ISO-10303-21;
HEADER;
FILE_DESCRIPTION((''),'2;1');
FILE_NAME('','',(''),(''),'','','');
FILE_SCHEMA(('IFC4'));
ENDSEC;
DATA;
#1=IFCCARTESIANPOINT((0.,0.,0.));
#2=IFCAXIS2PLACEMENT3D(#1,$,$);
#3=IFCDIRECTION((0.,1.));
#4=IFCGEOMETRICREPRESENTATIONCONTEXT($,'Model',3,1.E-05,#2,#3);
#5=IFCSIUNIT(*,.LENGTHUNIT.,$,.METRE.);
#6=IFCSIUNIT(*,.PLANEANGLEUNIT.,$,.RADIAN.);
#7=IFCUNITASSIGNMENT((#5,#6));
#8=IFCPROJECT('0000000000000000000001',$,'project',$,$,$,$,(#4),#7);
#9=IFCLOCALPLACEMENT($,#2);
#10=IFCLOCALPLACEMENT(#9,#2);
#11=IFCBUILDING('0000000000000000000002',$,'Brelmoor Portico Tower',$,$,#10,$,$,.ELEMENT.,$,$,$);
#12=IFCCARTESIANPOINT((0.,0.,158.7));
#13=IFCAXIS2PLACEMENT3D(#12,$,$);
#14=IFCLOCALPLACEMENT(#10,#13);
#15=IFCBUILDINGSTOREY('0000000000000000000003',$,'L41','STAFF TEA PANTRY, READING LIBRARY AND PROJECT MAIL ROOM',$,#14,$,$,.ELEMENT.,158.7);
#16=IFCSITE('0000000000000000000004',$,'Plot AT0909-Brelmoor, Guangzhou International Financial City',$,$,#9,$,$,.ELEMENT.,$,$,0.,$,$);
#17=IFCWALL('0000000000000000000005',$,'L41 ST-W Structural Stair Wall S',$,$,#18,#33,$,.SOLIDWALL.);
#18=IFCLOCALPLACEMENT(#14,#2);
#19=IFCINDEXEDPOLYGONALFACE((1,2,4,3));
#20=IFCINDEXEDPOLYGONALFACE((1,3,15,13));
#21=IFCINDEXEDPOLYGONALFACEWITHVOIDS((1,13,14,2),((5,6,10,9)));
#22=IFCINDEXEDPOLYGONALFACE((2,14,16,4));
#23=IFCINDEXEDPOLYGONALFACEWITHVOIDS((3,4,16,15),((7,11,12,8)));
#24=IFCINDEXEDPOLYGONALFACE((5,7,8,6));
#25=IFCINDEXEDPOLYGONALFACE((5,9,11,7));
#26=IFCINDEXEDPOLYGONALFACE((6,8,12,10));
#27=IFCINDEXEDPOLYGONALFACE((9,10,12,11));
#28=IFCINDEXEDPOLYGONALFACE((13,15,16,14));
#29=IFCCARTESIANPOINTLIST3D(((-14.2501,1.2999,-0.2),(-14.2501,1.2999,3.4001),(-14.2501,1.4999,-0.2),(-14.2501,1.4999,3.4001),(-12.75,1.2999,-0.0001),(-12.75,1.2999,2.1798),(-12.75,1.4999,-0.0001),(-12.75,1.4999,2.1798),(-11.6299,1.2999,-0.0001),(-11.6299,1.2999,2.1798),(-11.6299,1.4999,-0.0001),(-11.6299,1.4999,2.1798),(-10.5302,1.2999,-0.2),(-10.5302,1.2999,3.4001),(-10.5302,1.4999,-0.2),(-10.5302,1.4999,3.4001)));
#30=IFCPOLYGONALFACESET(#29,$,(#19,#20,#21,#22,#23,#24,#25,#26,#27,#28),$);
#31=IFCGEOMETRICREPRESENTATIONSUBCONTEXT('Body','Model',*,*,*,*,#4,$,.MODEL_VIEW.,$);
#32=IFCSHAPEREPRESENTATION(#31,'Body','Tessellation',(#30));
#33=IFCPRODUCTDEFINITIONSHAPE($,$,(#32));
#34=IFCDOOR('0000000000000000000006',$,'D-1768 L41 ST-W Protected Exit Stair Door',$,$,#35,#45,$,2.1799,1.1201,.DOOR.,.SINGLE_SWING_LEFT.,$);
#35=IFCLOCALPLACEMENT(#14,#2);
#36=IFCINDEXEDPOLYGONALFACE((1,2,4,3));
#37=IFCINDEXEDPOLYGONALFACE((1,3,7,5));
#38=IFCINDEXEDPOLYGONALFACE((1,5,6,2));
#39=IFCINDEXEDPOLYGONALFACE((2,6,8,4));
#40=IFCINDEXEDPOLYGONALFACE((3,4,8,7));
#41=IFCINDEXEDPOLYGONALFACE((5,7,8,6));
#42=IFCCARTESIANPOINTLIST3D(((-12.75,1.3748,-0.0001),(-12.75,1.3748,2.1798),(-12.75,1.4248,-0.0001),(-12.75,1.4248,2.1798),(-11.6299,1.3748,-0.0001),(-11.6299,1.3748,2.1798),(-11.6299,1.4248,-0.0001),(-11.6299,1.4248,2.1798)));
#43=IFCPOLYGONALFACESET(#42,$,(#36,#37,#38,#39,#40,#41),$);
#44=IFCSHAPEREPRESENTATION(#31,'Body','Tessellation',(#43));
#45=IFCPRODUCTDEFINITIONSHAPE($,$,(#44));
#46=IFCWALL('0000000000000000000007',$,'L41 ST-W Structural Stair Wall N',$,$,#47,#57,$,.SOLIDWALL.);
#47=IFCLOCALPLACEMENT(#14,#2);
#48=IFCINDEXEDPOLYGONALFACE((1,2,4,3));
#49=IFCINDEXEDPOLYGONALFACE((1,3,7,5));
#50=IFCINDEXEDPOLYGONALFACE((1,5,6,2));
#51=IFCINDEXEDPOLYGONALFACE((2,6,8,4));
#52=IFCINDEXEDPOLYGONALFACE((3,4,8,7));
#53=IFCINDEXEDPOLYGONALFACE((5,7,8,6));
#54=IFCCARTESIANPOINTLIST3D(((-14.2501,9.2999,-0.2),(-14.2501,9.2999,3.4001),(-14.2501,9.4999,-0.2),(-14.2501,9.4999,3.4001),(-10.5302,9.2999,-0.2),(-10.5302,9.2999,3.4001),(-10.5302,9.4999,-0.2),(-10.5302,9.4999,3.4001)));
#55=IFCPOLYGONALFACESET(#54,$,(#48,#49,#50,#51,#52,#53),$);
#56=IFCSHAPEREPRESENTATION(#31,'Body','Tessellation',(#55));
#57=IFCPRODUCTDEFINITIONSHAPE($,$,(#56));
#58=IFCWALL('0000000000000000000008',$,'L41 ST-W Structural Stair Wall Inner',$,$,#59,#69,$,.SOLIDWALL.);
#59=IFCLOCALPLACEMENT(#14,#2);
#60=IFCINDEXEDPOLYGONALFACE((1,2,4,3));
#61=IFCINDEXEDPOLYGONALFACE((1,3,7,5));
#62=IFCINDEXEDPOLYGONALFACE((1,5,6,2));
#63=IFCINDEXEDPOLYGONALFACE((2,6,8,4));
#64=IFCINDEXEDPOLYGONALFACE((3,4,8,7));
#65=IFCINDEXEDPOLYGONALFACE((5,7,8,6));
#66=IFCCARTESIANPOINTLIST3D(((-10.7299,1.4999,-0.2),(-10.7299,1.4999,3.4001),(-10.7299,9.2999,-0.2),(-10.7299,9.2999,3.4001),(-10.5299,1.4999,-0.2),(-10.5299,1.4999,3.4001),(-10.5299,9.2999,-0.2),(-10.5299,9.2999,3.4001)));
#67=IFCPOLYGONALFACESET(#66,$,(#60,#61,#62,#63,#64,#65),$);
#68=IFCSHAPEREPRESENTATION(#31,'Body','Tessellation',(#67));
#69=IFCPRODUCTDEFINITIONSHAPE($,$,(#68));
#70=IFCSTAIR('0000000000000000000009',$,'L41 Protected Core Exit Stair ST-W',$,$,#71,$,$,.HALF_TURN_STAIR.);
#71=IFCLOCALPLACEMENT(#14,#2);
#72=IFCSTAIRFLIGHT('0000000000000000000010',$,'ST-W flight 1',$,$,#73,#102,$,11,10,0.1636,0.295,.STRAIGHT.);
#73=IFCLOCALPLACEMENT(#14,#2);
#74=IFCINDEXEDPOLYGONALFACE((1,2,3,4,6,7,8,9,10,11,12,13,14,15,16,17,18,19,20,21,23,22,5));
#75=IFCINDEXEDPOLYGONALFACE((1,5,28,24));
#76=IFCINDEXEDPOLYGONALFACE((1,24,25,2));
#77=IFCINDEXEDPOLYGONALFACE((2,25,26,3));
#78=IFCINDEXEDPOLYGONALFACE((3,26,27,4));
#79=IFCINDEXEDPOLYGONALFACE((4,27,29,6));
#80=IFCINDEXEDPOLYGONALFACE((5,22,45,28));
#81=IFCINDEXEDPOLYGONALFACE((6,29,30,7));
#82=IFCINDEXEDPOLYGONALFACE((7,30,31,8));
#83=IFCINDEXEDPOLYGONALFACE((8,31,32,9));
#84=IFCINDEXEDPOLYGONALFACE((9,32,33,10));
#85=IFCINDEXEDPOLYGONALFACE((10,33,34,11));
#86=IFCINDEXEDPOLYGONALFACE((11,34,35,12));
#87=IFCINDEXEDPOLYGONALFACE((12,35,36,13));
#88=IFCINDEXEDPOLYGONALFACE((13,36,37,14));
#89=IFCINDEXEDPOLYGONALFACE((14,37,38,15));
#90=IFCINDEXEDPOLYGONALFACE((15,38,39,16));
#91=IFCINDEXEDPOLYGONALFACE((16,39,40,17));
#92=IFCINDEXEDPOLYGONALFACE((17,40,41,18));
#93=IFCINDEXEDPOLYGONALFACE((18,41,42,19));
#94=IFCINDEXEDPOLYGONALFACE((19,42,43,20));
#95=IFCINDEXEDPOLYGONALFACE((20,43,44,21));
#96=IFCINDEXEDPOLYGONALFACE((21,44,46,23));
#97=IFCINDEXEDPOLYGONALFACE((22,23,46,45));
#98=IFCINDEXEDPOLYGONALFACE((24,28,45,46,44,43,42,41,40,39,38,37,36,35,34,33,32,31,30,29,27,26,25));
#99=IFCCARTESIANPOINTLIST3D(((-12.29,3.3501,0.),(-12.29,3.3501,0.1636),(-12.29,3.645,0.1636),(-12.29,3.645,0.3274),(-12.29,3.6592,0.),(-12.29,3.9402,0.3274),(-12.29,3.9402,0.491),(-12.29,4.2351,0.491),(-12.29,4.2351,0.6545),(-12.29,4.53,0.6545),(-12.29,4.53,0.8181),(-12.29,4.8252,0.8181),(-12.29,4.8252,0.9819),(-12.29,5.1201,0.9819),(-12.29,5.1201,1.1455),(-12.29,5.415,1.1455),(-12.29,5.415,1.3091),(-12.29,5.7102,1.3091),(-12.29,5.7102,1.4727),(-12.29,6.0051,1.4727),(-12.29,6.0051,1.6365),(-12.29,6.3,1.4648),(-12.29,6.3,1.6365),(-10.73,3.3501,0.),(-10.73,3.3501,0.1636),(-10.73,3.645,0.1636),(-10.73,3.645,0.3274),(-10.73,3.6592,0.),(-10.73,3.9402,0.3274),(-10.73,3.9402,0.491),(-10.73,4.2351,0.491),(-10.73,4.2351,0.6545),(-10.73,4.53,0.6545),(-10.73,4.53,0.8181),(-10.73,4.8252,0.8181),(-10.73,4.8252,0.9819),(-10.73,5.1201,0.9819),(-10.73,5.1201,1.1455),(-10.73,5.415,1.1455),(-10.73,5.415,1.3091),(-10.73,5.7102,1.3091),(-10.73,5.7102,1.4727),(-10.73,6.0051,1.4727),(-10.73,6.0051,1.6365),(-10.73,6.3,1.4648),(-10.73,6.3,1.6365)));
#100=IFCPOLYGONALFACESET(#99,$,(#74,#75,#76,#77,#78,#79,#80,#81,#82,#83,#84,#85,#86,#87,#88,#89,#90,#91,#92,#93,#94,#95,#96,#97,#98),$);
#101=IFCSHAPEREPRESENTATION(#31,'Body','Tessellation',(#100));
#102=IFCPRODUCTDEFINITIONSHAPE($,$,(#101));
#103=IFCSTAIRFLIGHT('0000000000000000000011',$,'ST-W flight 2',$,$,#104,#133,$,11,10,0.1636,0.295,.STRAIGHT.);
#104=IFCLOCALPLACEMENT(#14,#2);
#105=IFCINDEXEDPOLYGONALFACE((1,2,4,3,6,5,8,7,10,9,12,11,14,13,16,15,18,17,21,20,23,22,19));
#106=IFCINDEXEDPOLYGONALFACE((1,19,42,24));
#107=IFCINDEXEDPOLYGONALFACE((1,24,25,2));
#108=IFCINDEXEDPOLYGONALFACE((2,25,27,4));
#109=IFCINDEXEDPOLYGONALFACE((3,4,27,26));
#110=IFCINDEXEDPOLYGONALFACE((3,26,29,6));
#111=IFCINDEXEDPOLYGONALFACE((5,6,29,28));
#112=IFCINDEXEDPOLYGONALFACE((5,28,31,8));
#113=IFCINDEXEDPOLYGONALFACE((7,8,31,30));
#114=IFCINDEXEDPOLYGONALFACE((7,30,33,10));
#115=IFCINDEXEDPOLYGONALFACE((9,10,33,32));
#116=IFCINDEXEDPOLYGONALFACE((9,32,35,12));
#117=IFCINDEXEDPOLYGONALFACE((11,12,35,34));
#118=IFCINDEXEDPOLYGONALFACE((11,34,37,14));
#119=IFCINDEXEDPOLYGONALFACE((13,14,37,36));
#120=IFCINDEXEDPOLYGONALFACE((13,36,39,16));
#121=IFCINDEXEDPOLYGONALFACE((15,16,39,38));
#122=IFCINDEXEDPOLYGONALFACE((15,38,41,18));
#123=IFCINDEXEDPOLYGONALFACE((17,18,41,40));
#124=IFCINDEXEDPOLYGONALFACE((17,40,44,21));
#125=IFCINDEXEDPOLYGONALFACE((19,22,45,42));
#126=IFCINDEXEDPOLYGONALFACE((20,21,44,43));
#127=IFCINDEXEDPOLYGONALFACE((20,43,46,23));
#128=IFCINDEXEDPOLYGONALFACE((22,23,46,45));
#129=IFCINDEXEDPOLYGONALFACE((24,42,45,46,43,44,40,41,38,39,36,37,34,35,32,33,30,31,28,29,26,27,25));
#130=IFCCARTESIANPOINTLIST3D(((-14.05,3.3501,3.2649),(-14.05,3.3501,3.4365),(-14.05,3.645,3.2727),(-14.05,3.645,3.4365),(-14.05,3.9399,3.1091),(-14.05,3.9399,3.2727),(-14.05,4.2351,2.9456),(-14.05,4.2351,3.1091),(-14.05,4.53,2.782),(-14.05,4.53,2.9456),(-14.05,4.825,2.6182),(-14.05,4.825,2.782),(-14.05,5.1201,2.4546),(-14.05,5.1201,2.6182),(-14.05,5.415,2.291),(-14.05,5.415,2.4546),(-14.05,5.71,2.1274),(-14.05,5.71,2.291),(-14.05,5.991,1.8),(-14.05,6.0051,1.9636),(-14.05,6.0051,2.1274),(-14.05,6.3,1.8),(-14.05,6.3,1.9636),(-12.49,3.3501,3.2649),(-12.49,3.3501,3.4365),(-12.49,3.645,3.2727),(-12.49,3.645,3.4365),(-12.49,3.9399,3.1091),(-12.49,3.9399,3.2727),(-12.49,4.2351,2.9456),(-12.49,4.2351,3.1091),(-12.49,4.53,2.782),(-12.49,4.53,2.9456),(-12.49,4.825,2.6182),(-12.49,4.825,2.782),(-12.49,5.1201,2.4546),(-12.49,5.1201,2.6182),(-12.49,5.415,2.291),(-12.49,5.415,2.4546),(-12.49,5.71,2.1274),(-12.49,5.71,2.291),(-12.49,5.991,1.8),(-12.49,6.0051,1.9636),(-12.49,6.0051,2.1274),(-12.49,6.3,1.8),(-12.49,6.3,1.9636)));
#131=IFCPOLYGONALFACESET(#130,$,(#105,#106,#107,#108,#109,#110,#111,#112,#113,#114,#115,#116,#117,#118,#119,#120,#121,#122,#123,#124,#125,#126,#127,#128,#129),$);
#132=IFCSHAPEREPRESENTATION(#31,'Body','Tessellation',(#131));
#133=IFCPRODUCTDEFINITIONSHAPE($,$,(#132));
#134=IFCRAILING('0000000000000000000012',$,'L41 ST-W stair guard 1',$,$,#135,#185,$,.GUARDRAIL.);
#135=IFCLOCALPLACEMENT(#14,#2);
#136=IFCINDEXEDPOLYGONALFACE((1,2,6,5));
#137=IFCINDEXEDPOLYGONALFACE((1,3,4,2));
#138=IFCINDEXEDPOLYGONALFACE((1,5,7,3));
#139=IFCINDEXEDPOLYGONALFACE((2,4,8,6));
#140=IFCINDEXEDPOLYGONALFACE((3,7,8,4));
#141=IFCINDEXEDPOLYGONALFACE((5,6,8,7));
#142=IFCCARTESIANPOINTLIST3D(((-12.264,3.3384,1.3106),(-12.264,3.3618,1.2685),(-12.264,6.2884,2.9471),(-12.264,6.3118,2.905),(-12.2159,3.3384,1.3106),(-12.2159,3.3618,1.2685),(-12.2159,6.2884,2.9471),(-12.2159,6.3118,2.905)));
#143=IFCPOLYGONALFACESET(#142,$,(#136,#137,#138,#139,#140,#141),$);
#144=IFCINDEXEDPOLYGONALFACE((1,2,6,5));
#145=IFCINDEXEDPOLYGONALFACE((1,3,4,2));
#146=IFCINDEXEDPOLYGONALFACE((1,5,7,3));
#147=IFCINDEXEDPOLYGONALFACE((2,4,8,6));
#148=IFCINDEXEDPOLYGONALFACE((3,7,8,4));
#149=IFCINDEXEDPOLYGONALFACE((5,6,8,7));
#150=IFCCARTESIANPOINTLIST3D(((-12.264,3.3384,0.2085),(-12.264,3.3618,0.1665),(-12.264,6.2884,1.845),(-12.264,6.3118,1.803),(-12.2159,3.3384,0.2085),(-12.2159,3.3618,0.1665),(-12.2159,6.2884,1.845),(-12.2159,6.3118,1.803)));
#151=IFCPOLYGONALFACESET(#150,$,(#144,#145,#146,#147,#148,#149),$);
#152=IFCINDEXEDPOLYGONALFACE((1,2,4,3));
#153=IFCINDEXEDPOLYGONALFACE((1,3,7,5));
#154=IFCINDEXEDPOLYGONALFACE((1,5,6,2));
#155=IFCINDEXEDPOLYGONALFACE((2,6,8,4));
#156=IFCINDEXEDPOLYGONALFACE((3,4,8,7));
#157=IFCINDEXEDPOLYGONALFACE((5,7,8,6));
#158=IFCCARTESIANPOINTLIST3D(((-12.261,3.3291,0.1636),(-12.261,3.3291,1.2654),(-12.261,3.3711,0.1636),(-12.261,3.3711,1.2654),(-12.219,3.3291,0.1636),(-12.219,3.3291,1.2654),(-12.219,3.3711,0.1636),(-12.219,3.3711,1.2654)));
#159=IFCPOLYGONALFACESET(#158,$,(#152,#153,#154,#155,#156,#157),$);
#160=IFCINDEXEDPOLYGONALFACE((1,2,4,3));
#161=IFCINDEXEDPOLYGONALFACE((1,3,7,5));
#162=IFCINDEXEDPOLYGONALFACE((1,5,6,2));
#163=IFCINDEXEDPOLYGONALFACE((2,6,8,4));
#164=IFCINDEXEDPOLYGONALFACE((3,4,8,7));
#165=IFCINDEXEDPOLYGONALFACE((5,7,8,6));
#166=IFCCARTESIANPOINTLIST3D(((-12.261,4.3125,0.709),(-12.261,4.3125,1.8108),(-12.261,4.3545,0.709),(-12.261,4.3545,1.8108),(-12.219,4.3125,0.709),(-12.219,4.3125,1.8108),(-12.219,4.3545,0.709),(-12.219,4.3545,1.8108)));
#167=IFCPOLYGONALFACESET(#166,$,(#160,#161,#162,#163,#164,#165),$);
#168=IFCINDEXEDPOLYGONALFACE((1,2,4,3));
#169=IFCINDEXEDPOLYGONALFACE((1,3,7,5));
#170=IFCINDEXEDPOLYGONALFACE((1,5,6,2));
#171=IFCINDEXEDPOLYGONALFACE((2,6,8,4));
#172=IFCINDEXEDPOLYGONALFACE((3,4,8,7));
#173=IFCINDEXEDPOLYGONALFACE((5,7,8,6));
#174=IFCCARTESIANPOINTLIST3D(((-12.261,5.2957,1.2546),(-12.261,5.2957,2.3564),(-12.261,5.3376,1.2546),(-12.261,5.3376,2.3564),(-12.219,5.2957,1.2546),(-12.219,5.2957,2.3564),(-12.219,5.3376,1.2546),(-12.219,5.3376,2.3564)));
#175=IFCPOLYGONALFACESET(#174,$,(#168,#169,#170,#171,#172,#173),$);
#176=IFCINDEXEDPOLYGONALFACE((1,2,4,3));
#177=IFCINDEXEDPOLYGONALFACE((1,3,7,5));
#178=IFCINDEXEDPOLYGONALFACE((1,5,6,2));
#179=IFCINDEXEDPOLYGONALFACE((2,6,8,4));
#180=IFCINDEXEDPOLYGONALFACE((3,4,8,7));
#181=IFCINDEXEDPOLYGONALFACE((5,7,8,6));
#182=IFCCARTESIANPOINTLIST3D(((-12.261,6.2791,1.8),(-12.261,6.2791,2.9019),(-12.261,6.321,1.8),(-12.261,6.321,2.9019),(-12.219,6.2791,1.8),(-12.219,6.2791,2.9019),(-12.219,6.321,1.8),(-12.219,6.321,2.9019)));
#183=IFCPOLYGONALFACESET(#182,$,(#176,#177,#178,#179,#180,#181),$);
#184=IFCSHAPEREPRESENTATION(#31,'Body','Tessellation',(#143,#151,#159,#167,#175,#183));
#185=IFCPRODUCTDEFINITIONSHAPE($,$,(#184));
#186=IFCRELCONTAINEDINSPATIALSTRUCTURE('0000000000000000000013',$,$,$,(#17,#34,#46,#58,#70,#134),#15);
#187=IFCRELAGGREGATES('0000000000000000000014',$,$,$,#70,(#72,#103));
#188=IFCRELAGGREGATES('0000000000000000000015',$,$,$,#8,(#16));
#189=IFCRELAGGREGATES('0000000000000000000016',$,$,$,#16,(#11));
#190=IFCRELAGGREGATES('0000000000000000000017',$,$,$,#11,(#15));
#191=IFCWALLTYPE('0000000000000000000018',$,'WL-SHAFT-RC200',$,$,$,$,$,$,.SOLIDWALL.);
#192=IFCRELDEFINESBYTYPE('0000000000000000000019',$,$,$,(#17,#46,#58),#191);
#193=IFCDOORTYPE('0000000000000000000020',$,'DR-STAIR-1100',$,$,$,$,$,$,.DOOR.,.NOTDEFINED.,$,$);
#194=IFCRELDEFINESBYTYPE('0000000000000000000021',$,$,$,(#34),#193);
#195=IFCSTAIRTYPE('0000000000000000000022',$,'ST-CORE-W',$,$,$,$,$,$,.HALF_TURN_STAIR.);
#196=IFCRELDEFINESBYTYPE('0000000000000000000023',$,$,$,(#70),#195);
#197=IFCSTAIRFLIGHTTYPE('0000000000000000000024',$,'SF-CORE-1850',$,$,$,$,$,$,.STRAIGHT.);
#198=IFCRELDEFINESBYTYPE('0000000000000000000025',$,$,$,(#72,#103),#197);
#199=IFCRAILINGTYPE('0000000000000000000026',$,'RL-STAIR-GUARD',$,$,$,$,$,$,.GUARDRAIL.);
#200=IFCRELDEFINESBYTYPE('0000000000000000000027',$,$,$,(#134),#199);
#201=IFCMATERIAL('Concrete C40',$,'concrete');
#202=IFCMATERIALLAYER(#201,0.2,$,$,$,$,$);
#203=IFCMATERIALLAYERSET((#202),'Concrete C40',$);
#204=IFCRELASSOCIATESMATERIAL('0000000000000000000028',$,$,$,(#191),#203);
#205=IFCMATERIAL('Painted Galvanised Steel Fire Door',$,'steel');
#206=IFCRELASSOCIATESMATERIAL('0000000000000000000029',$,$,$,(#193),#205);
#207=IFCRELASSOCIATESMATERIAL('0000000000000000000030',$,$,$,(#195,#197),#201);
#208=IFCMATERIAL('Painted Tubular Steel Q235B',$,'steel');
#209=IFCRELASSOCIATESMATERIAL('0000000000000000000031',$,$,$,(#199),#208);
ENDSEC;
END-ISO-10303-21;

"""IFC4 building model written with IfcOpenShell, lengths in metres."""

from ifc_helpers import new_model, si_unit, direction, frame, frame_2d, origin, origin_2d, place, context, subcontext, project, spatial, polyline, rectangle, outline, extrude, material, layer, layer_set, type_object, element, fill, aggregate, save


model = new_model("IFC4")

# Units and contexts
model_context = context("Model", 3, precision=1e-05, world=origin(), true_north=direction((0.0, 1.0)))
body_context = subcontext(model_context, "Body", "Model", "MODEL_VIEW")
ifc_project = project(units=[si_unit("LENGTHUNIT", "METRE"), si_unit("PLANEANGLEUNIT", "RADIAN")], contexts=[model_context])

# Site, building, storey
site_placement = place(None, origin())
site = spatial("IfcSite", under=ifc_project, at=site_placement, Name="Plot AT0909-Brelmoor, Guangzhou International Financial City", CompositionType="ELEMENT", RefElevation=0.0)
building_placement = place(site_placement, origin())
building = spatial("IfcBuilding", under=site, at=building_placement, Name="Brelmoor Portico Tower", CompositionType="ELEMENT")
storey_placement = place(building_placement, frame((0.0, 0.0, 158.7)))
storey = spatial("IfcBuildingStorey", under=building, at=storey_placement, Name="L41", Description="STAFF TEA PANTRY, READING LIBRARY AND PROJECT MAIL ROOM", CompositionType="ELEMENT", Elevation=158.7)

# Shared definitions
ifc_material_1 = material(Name="Concrete C40", Category="concrete")
ifc_layer_1 = layer(ifc_material_1, 0.2)
ifc_layer_set_1 = layer_set([ifc_layer_1], Name="Concrete C40")
wall_type_1 = type_object("IfcWallType", Name="WL-SHAFT-RC200", PredefinedType="SOLIDWALL", material=ifc_layer_set_1)

# Wall, opening, door
wall_1_placement = place(storey_placement, frame((-14.25, 1.3999, -0.2), z_axis=(0.0, 0.0, 1.0), x_axis=(1.0, 0.0, 0.0)))
wall_1 = element("IfcWall", 1, at=wall_1_placement, inside=storey, type_object=wall_type_1, Name="L41 ST-W Structural Stair Wall S", PredefinedType="SOLIDWALL", context=body_context, shape_type="SweptSolid", body=[
    extrude(rectangle(XDim=3.72, YDim=0.2, at=frame_2d((1.8599, 0.0))), origin(), (0.0, 0.0, 1.0), 3.6001),
])
opening_placement = place(wall_1_placement, frame((1.5, 0.0, 0.2)))
opening = element("IfcOpeningElement", 2, at=opening_placement, cuts=wall_1, PredefinedType="OPENING", context=body_context, shape_type="SweptSolid", body=[
    extrude(rectangle(XDim=1.1201, YDim=2.1799, at=frame_2d((0.5601, 1.0898))), frame((0.0, 0.1099, 0.0), z_axis=(0.0, -1.0, 0.0), x_axis=(1.0, 0.0, 0.0)), (0.0, 0.0, 1.0), 0.22),
])
ifc_material_2 = material(Name="Painted Galvanised Steel Fire Door", Category="steel")
door_type = type_object("IfcDoorType", Name="DR-STAIR-1100", OperationType="NOTDEFINED", PredefinedType="DOOR", material=ifc_material_2)
door_placement = place(opening_placement, origin())
door = element("IfcDoor", 3, at=door_placement, inside=storey, type_object=door_type, Name="D-1768 L41 ST-W Protected Exit Stair Door", OperationType="SINGLE_SWING_LEFT", OverallHeight=2.1799, OverallWidth=1.1201, PredefinedType="DOOR", context=body_context, shape_type="SweptSolid", body=[
    extrude(rectangle(XDim=1.1201, YDim=2.1799, at=frame_2d((0.5601, 1.0898))), frame((0.0, 0.0249, 0.0), z_axis=(0.0, -1.0, 0.0), x_axis=(1.0, 0.0, 0.0)), (0.0, 0.0, 1.0), 0.05),
])
fill(opening, door)

# Walls
wall_2_placement = place(storey_placement, frame((-14.25, 9.3999, -0.2), z_axis=(0.0, 0.0, 1.0), x_axis=(1.0, 0.0, 0.0)))
element("IfcWall", 4, at=wall_2_placement, inside=storey, type_object=wall_type_1, Name="L41 ST-W Structural Stair Wall N", PredefinedType="SOLIDWALL", context=body_context, shape_type="SweptSolid", body=[
    extrude(rectangle(XDim=3.72, YDim=0.2, at=frame_2d((1.8599, 0.0))), origin(), (0.0, 0.0, 1.0), 3.6001),
])
wall_3_placement = place(storey_placement, frame((-10.6299, 1.5, -0.2), z_axis=(0.0, 0.0, 1.0), x_axis=(0.0, 1.0, 0.0)))
element("IfcWall", 5, at=wall_3_placement, inside=storey, type_object=wall_type_1, Name="L41 ST-W Structural Stair Wall Inner", PredefinedType="SOLIDWALL", context=body_context, shape_type="SweptSolid", body=[
    extrude(rectangle(XDim=7.8, YDim=0.2, at=frame_2d((3.8999, 0.0))), origin(), (0.0, 0.0, 1.0), 3.6001),
])

# Stair, stair flights
stair_type = type_object("IfcStairType", Name="ST-CORE-W", PredefinedType="HALF_TURN_STAIR", material=ifc_material_1)
stair_placement = place(storey_placement, origin())
stair = element("IfcStair", 6, at=stair_placement, inside=storey, type_object=stair_type, Name="L41 Protected Core Exit Stair ST-W", PredefinedType="HALF_TURN_STAIR")
stair_flight_type = type_object("IfcStairFlightType", Name="SF-CORE-1850", PredefinedType="STRAIGHT", material=ifc_material_1)
stair_flight_1_placement = place(storey_placement, frame((-11.51, 3.3501, 0.0), z_axis=(0.0, 0.0, 1.0), x_axis=(0.0, 1.0, 0.0)))
stair_flight_1 = element("IfcStairFlight", 7, at=stair_flight_1_placement, type_object=stair_flight_type, Name="ST-W flight 1", NumberOfRisers=11, NumberOfTreads=10, PredefinedType="STRAIGHT", RiserHeight=0.1636, TreadLength=0.295, context=body_context, shape_type="SweptSolid", body=[
    extrude(outline(polyline([(0.0, 0.0), (0.0, 0.1636), (0.2949, 0.1636), (0.2949, 0.3274), (0.5901, 0.3274), (0.5901, 0.491), (0.885, 0.491), (0.885, 0.6545), (1.1799, 0.6545), (1.1799, 0.8181), (1.4751, 0.8181), (1.4751, 0.9819), (1.77, 0.9819), (1.77, 1.1455), (2.0649, 1.1455), (2.0649, 1.3091), (2.3601, 1.3091), (2.3601, 1.4727), (2.655, 1.4727), (2.655, 1.6365), (2.95, 1.6365), (2.95, 1.8), (2.95, 1.4648), (0.3091, 0.0), (0.0, 0.0)])), frame((0.0, 0.78, 0.0), z_axis=(0.0, -1.0, 0.0), x_axis=(1.0, 0.0, 0.0)), (0.0, 0.0, 1.0), 1.5601),
])
stair_flight_2_placement = place(storey_placement, frame((-13.27, 6.3, 1.8), z_axis=(0.0, 0.0, 1.0), x_axis=(0.0, -1.0, 0.0)))
stair_flight_2 = element("IfcStairFlight", 8, at=stair_flight_2_placement, type_object=stair_flight_type, Name="ST-W flight 2", NumberOfRisers=11, NumberOfTreads=10, PredefinedType="STRAIGHT", RiserHeight=0.1636, TreadLength=0.295, context=body_context, shape_type="SweptSolid", body=[
    extrude(outline(polyline([(0.0, 0.0), (0.0, 0.1636), (0.2949, 0.1636), (0.2949, 0.3274), (0.5901, 0.3274), (0.5901, 0.491), (0.885, 0.491), (0.885, 0.6545), (1.1799, 0.6545), (1.1799, 0.8181), (1.4751, 0.8181), (1.4751, 0.9819), (1.77, 0.9819), (1.77, 1.1455), (2.0649, 1.1455), (2.0649, 1.3091), (2.3601, 1.3091), (2.3601, 1.4727), (2.655, 1.4727), (2.655, 1.6365), (2.95, 1.6365), (2.95, 1.8), (2.95, 1.4648), (0.3091, 0.0), (0.0, 0.0)])), frame((0.0, 0.78, 0.0), z_axis=(0.0, -1.0, 0.0), x_axis=(1.0, 0.0, 0.0)), (0.0, 0.0, 1.0), 1.5601),
])
aggregate(stair, [stair_flight_1, stair_flight_2])

# Railing
ifc_material_3 = material(Name="Painted Tubular Steel Q235B", Category="steel")
railing_type_1 = type_object("IfcRailingType", Name="RL-STAIR-GUARD", PredefinedType="GUARDRAIL", material=ifc_material_3)
railing_1_placement = place(storey_placement, frame((-12.24, 3.3501, 0.1636)))
element("IfcRailing", 9, at=railing_1_placement, inside=storey, type_object=railing_type_1, Name="L41 ST-W stair guard 1", PredefinedType="GUARDRAIL", context=body_context, shape_type="SweptSolid", body=[
    extrude(rectangle(XDim=0.0481, YDim=0.0481, at=origin_2d()), frame((0.0, 0.0, 1.126), z_axis=(0.0, 0.874458, 0.485102), x_axis=(-1.0, 0.0, 0.0)), (0.0, 0.0, 1.0), 3.3735),
    extrude(rectangle(XDim=0.0481, YDim=0.0481, at=origin_2d()), frame((0.0, 0.0, 0.0239), z_axis=(0.0, 0.874458, 0.485102), x_axis=(-1.0, 0.0, 0.0)), (0.0, 0.0, 1.0), 3.3735),
    extrude(rectangle(XDim=0.042, YDim=0.042, at=origin_2d()), origin(), (0.0, 0.0, 1.0), 1.1018),
    extrude(rectangle(XDim=0.042, YDim=0.042, at=origin_2d()), frame((0.0, 0.9834, 0.5454)), (0.0, 0.0, 1.0), 1.1018),
    extrude(rectangle(XDim=0.042, YDim=0.042, at=origin_2d()), frame((0.0, 1.9666, 1.0911)), (0.0, 0.0, 1.0), 1.1018),
    extrude(rectangle(XDim=0.042, YDim=0.042, at=origin_2d()), frame((0.0, 2.95, 1.6365)), (0.0, 0.0, 1.0), 1.1018),
])

save(model, "model.ifc")
